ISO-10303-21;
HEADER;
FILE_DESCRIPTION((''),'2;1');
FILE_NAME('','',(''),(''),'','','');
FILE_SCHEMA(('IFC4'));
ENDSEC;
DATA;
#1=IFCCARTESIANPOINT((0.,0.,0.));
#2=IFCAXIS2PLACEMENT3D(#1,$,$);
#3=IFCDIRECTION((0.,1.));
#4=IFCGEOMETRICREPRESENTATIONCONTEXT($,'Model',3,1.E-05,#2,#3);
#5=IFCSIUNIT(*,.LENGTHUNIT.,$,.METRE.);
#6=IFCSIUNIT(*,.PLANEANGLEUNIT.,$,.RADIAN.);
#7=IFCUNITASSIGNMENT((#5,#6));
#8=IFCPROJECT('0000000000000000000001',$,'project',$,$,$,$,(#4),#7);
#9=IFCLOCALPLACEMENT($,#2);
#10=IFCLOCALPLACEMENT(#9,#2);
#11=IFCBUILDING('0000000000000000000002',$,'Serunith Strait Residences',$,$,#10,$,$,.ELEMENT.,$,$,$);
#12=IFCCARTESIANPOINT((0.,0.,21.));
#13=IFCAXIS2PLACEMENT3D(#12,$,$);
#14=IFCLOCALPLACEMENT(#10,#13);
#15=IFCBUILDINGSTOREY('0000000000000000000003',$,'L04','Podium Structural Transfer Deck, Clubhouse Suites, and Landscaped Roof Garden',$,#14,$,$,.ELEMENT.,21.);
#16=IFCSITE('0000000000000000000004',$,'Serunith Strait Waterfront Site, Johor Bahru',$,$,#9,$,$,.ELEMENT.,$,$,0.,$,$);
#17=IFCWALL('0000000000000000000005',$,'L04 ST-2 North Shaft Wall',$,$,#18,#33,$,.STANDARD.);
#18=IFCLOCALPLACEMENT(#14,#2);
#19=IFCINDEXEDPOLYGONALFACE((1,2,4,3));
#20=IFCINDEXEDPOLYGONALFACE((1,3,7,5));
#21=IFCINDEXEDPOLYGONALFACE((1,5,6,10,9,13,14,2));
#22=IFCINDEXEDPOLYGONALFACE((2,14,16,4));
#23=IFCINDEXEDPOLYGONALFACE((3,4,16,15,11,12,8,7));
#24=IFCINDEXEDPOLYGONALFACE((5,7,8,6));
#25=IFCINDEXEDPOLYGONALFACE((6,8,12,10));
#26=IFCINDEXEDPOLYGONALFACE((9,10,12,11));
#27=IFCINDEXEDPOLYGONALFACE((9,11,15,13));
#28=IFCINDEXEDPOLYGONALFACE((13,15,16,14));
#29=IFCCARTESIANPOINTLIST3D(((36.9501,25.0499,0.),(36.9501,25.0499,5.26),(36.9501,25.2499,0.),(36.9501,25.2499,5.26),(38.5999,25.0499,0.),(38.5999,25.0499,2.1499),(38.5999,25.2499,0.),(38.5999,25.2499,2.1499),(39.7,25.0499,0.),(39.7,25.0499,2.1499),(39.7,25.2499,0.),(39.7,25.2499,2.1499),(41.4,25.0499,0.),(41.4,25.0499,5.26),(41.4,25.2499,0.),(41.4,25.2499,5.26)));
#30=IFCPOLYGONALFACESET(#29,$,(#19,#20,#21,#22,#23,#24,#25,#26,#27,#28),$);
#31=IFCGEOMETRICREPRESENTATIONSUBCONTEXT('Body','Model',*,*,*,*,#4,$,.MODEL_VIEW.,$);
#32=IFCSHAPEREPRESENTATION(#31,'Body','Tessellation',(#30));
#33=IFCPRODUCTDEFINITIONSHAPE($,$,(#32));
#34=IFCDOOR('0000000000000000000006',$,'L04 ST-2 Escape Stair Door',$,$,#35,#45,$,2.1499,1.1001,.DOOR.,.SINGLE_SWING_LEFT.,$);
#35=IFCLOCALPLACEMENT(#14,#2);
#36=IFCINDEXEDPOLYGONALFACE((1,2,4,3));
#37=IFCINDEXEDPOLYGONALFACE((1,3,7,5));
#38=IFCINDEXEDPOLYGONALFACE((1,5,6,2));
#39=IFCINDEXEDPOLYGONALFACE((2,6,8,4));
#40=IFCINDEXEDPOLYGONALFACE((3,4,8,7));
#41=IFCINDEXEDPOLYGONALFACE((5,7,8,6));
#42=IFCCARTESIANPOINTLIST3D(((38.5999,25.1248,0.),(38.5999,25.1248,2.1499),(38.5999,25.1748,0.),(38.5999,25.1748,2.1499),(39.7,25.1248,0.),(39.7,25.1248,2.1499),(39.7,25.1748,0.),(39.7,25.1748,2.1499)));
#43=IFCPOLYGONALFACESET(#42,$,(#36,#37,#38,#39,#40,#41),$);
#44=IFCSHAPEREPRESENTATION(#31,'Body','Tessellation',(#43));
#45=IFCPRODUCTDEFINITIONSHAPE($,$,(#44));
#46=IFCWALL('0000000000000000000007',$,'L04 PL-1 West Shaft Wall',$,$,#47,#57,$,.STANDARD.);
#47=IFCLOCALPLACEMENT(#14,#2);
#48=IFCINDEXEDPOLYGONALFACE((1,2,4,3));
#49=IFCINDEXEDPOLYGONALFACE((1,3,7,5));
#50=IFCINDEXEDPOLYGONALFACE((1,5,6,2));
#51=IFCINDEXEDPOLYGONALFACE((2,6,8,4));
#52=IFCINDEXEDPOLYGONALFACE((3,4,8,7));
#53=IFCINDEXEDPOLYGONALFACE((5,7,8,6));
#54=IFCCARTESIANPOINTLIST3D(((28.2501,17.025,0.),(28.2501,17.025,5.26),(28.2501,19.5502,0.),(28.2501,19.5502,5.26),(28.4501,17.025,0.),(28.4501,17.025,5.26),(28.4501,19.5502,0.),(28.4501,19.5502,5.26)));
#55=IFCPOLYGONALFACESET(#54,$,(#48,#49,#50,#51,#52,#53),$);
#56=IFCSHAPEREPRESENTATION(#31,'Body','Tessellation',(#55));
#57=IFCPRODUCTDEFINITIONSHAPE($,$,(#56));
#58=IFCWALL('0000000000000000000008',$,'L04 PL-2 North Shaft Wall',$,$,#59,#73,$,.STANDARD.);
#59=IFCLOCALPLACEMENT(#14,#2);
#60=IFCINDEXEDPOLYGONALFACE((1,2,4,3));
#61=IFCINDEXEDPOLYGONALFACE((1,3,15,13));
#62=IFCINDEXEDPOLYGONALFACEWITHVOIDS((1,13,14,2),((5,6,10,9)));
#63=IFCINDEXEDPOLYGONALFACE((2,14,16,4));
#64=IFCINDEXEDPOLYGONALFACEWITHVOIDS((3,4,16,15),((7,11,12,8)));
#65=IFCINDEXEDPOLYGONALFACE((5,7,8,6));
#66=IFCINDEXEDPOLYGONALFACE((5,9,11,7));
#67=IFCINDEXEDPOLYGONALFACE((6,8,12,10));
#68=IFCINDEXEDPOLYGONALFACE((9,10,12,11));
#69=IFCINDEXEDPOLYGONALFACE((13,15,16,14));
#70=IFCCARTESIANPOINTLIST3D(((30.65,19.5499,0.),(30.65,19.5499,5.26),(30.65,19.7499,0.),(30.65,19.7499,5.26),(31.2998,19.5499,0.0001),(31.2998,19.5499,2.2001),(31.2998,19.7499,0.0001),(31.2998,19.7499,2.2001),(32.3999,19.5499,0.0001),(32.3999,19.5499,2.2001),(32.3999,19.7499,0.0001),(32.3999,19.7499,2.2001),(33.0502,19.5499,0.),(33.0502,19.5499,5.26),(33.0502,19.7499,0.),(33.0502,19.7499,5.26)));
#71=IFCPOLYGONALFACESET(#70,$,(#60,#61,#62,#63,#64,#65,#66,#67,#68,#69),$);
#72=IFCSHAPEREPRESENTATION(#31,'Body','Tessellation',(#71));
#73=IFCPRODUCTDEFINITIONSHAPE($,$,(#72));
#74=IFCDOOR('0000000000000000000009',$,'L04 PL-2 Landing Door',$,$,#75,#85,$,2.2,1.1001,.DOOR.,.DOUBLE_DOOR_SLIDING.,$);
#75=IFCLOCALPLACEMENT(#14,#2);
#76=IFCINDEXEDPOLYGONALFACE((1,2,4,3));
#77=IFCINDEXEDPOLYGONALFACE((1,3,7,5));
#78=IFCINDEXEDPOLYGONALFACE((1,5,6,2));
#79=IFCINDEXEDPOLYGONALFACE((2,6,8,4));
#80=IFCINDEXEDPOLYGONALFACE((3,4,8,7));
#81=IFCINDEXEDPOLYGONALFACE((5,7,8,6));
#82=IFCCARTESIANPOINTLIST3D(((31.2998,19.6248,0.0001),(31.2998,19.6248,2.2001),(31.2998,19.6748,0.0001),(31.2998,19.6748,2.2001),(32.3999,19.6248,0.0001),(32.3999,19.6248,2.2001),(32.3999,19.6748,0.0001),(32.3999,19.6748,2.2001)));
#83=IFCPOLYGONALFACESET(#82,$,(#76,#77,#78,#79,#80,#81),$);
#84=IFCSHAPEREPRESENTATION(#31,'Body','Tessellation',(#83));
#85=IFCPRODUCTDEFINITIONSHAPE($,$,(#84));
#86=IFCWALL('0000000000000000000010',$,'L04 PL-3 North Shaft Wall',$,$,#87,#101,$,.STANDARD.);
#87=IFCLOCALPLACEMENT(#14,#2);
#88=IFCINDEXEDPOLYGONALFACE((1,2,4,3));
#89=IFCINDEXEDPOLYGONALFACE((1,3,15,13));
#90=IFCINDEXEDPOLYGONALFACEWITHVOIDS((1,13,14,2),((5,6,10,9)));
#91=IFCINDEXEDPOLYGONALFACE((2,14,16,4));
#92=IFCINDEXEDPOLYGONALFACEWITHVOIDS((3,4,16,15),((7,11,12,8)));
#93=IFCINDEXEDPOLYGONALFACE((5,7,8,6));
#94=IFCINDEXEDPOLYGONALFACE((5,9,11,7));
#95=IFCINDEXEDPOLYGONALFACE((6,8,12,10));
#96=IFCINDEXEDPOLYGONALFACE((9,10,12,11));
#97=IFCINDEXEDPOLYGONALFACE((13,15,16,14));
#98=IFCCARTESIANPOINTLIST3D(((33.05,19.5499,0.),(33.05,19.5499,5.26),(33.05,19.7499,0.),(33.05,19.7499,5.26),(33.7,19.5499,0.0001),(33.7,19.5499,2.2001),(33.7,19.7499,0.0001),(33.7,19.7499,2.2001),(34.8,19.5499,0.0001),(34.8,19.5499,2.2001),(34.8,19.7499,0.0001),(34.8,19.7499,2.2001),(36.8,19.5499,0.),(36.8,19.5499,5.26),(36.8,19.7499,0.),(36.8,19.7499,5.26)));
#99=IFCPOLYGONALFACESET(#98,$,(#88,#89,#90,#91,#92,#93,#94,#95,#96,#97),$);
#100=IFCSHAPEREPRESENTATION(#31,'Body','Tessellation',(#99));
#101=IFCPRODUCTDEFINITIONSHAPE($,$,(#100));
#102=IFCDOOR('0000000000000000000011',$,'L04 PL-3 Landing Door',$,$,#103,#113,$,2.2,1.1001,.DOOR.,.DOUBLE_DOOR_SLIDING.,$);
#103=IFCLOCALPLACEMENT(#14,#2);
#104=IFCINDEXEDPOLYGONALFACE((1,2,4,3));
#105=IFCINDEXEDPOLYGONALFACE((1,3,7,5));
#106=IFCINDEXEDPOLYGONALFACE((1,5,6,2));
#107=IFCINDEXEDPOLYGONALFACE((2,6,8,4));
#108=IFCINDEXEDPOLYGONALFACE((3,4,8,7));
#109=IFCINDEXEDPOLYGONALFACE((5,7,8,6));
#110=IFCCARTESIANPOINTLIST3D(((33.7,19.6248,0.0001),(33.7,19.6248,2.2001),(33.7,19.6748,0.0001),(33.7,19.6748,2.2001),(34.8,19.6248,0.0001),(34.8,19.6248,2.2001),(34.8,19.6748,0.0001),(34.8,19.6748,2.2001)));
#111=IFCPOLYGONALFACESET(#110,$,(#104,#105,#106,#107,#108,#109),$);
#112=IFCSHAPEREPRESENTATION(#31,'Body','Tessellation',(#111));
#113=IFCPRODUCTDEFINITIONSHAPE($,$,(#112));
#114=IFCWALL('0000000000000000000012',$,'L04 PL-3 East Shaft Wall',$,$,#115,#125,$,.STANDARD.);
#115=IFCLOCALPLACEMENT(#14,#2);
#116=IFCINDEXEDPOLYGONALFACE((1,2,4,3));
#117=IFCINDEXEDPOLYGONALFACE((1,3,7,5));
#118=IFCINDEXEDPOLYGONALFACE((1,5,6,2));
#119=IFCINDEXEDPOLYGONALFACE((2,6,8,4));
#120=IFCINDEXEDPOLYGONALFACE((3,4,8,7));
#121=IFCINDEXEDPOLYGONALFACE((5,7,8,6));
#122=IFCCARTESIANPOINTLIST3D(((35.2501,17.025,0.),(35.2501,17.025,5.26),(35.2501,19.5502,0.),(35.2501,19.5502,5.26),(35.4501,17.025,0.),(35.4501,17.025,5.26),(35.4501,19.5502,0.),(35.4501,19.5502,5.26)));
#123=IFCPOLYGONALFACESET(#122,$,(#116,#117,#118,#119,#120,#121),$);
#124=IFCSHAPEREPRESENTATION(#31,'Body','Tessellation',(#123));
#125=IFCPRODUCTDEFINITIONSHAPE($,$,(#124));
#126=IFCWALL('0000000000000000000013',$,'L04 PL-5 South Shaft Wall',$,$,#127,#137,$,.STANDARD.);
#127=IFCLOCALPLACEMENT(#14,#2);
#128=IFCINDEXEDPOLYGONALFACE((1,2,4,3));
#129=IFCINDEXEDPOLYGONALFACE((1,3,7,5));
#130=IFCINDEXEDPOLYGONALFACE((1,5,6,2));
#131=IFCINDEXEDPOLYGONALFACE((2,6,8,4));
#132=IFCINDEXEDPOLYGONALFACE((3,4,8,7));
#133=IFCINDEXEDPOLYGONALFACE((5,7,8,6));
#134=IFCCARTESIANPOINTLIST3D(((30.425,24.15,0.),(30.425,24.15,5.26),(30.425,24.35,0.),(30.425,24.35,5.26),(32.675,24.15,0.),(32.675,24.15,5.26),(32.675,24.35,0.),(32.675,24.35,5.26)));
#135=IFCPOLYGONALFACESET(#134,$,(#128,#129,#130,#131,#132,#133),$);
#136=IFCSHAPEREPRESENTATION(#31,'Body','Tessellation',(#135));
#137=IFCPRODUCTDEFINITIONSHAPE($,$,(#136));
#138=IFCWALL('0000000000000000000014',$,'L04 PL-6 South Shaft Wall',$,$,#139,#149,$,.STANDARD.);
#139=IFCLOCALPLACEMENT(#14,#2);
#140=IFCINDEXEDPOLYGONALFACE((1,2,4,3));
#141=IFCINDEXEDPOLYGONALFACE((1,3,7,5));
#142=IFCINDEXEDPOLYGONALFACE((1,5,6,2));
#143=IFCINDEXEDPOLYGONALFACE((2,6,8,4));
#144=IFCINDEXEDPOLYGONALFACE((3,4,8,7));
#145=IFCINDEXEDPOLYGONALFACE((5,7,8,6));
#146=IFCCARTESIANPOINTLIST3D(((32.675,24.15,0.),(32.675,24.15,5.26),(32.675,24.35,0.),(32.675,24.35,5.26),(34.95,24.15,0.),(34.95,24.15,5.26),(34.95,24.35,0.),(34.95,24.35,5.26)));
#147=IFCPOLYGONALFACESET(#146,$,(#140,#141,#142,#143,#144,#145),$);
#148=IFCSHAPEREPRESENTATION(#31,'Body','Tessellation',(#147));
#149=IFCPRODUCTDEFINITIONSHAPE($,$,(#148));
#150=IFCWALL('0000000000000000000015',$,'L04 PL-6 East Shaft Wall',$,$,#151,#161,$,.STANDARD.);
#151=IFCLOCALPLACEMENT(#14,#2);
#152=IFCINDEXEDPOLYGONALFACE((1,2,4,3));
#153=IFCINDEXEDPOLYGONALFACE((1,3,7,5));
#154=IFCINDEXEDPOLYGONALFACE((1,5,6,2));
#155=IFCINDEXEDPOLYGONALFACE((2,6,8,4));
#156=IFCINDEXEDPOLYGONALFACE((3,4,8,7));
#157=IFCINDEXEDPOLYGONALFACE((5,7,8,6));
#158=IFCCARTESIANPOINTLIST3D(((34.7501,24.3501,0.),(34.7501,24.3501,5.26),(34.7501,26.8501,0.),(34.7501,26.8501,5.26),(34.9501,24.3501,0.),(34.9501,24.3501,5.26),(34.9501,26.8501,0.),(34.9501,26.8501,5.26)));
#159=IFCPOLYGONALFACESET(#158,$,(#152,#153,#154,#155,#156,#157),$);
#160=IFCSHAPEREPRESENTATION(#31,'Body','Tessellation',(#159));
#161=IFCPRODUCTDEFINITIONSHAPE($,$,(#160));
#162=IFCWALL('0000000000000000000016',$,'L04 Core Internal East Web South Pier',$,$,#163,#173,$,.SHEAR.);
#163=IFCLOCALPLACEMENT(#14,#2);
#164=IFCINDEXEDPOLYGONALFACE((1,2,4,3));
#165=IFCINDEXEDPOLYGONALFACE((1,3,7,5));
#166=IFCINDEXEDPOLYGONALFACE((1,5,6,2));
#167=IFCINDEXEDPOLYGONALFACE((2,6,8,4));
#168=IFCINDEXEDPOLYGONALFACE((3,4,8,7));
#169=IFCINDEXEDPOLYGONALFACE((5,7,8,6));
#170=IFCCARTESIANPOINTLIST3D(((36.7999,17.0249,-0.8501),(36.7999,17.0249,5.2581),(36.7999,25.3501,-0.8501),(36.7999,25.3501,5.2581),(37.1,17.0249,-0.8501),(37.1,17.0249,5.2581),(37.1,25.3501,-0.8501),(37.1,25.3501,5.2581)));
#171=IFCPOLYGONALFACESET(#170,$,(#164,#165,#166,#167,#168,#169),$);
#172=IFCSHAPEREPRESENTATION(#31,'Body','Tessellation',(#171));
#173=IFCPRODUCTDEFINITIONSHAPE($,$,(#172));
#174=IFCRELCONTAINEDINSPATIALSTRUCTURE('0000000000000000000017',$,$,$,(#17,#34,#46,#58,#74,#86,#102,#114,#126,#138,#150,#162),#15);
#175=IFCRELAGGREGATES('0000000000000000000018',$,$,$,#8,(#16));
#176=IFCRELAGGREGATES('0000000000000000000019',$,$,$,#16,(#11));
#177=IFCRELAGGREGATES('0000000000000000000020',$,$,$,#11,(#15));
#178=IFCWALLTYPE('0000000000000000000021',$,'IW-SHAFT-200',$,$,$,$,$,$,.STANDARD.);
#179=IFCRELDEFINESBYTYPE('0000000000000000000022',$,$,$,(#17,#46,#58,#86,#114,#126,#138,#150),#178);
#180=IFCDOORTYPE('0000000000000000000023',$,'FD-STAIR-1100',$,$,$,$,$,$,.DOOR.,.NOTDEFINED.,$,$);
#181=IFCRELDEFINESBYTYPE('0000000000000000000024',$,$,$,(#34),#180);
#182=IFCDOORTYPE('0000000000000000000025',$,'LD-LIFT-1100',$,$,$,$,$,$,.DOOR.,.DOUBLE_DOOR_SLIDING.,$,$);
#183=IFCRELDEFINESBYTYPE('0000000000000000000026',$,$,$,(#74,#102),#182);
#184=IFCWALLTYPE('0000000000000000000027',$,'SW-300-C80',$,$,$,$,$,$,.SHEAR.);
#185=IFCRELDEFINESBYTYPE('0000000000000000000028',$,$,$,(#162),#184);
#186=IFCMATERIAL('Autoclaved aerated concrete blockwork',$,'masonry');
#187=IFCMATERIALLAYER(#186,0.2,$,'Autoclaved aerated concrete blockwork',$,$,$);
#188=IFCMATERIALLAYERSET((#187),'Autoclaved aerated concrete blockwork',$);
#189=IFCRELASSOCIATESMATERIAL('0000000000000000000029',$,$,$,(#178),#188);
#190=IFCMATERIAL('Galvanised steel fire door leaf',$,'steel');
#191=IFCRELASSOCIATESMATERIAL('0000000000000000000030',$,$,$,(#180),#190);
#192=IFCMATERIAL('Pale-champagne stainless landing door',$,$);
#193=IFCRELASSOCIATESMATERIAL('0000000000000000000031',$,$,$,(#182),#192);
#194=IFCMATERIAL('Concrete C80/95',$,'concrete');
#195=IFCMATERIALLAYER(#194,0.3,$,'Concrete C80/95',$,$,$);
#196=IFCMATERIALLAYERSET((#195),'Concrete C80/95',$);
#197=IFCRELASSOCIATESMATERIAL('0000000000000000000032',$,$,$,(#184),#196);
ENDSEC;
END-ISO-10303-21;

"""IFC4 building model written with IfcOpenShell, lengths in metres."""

from ifc_helpers import new_model, si_unit, direction, frame, frame_2d, origin, place, context, subcontext, project, spatial, rectangle, extrude, source, transform, mapped, material, layer, layer_set, type_object, element, fill, save


model = new_model("IFC4")

# Units and contexts
model_context = context("Model", 3, precision=1e-05, world=origin(), true_north=direction((0.0, 1.0)))
body_context = subcontext(model_context, "Body", "Model", "MODEL_VIEW")
ifc_project = project(units=[si_unit("LENGTHUNIT", "METRE"), si_unit("PLANEANGLEUNIT", "RADIAN")], contexts=[model_context])

# Site, building, storey
site_placement = place(None, origin())
site = spatial("IfcSite", under=ifc_project, at=site_placement, Name="Serunith Strait Waterfront Site, Johor Bahru", CompositionType="ELEMENT", RefElevation=0.0)
building_placement = place(site_placement, origin())
building = spatial("IfcBuilding", under=site, at=building_placement, Name="Serunith Strait Residences", CompositionType="ELEMENT")
storey_placement = place(building_placement, frame((0.0, 0.0, 21.0)))
storey = spatial("IfcBuildingStorey", under=building, at=storey_placement, Name="L04", Description="Podium Structural Transfer Deck, Clubhouse Suites, and Landscaped Roof Garden", CompositionType="ELEMENT", Elevation=21.0)

# Shared definitions
ifc_material_1 = material(Name="Concrete C80/95", Category="concrete")

# Wall, opening, door
ifc_material_2 = material(Name="Autoclaved aerated concrete blockwork", Category="masonry")
ifc_layer_1 = layer(ifc_material_2, 0.2, Name="Autoclaved aerated concrete blockwork")
ifc_layer_set_1 = layer_set([ifc_layer_1], Name="Autoclaved aerated concrete blockwork")
wall_type_1 = type_object("IfcWallType", Name="IW-SHAFT-200", PredefinedType="STANDARD", material=ifc_layer_set_1)
wall_1_placement = place(storey_placement, frame((36.95, 25.1499, 0.0), z_axis=(0.0, 0.0, 1.0), x_axis=(1.0, 0.0, 0.0)))
wall_1 = element("IfcWall", 1, at=wall_1_placement, inside=storey, type_object=wall_type_1, Name="L04 ST-2 North Shaft Wall", PredefinedType="STANDARD", context=body_context, shape_type="SweptSolid", body=[
    extrude(rectangle(XDim=4.45, YDim=0.2, at=frame_2d((2.2251, 0.0))), origin(), (0.0, 0.0, 1.0), 5.26),
])
opening_1_placement = place(wall_1_placement, frame((1.6499, 0.0, 0.0)))
opening_1 = element("IfcOpeningElement", 2, at=opening_1_placement, cuts=wall_1, PredefinedType="OPENING", context=body_context, shape_type="SweptSolid", body=[
    extrude(rectangle(XDim=1.1001, YDim=2.1499, at=frame_2d((0.55, 1.075))), frame((0.0, 0.1099, 0.0), z_axis=(0.0, -1.0, 0.0), x_axis=(1.0, 0.0, 0.0)), (0.0, 0.0, 1.0), 0.22),
])
ifc_material_3 = material(Name="Galvanised steel fire door leaf", Category="steel")
door_type_1 = type_object("IfcDoorType", Name="FD-STAIR-1100", OperationType="NOTDEFINED", PredefinedType="DOOR", material=ifc_material_3)
shared_shape_1 = source(origin(), body_context, "Body", "SweptSolid", [
    extrude(rectangle(XDim=1.1001, YDim=2.1499, at=frame_2d((0.55, 1.075))), frame((0.0, 0.0249, 0.0), z_axis=(0.0, -1.0, 0.0), x_axis=(1.0, 0.0, 0.0)), (0.0, 0.0, 1.0), 0.05),
])
door_1_placement = place(opening_1_placement, origin())
door_1 = element("IfcDoor", 3, at=door_1_placement, inside=storey, type_object=door_type_1, Name="L04 ST-2 Escape Stair Door", OperationType="SINGLE_SWING_LEFT", OverallHeight=2.1499, OverallWidth=1.1001, PredefinedType="DOOR", context=body_context, shape_type="MappedRepresentation", body=[
    mapped(shared_shape_1, transform((0.0, 0.0, 0.0), scale=1.0)),
])
fill(opening_1, door_1)

# Wall
wall_2_placement = place(storey_placement, frame((28.3501, 17.0249, 0.0), z_axis=(0.0, 0.0, 1.0), x_axis=(0.0, 1.0, 0.0)))
element("IfcWall", 4, at=wall_2_placement, inside=storey, type_object=wall_type_1, Name="L04 PL-1 West Shaft Wall", PredefinedType="STANDARD", context=body_context, shape_type="SweptSolid", body=[
    extrude(rectangle(XDim=2.5251, YDim=0.2, at=frame_2d((1.2627, 0.0))), origin(), (0.0, 0.0, 1.0), 5.26),
])

# Walls, openings, doors
wall_3_placement = place(storey_placement, frame((30.6499, 19.6499, 0.0), z_axis=(0.0, 0.0, 1.0), x_axis=(1.0, 0.0, 0.0)))
wall_3 = element("IfcWall", 5, at=wall_3_placement, inside=storey, type_object=wall_type_1, Name="L04 PL-2 North Shaft Wall", PredefinedType="STANDARD", context=body_context, shape_type="SweptSolid", body=[
    extrude(rectangle(XDim=2.4001, YDim=0.2, at=frame_2d((1.2002, 0.0))), origin(), (0.0, 0.0, 1.0), 5.26),
])
opening_2_placement = place(wall_3_placement, frame((0.6499, 0.0, 0.0)))
opening_2 = element("IfcOpeningElement", 6, at=opening_2_placement, cuts=wall_3, PredefinedType="OPENING", context=body_context, shape_type="SweptSolid", body=[
    extrude(rectangle(XDim=1.1001, YDim=2.2, at=frame_2d((0.55, 1.1001))), frame((0.0, 0.1099, 0.0), z_axis=(0.0, -1.0, 0.0), x_axis=(1.0, 0.0, 0.0)), (0.0, 0.0, 1.0), 0.22),
])
ifc_material_4 = material(Name="Pale-champagne stainless landing door")
door_type_2 = type_object("IfcDoorType", Name="LD-LIFT-1100", OperationType="DOUBLE_DOOR_SLIDING", PredefinedType="DOOR", material=ifc_material_4)
shared_shape_2 = source(origin(), body_context, "Body", "SweptSolid", [
    extrude(rectangle(XDim=1.1001, YDim=2.2, at=frame_2d((0.55, 1.1001))), frame((0.0, 0.0249, 0.0), z_axis=(0.0, -1.0, 0.0), x_axis=(1.0, 0.0, 0.0)), (0.0, 0.0, 1.0), 0.05),
])
door_2_placement = place(opening_2_placement, origin())
door_2 = element("IfcDoor", 7, at=door_2_placement, inside=storey, type_object=door_type_2, Name="L04 PL-2 Landing Door", OperationType="DOUBLE_DOOR_SLIDING", OverallHeight=2.2, OverallWidth=1.1001, PredefinedType="DOOR", context=body_context, shape_type="MappedRepresentation", body=[
    mapped(shared_shape_2, transform((0.0, 0.0, 0.0), scale=1.0)),
])
fill(opening_2, door_2)
wall_4_placement = place(storey_placement, frame((33.05, 19.6499, 0.0), z_axis=(0.0, 0.0, 1.0), x_axis=(1.0, 0.0, 0.0)))
wall_4 = element("IfcWall", 8, at=wall_4_placement, inside=storey, type_object=wall_type_1, Name="L04 PL-3 North Shaft Wall", PredefinedType="STANDARD", context=body_context, shape_type="SweptSolid", body=[
    extrude(rectangle(XDim=3.75, YDim=0.2, at=frame_2d((1.875, 0.0))), origin(), (0.0, 0.0, 1.0), 5.26),
])
opening_3_placement = place(wall_4_placement, frame((0.6499, 0.0, 0.0)))
opening_3 = element("IfcOpeningElement", 9, at=opening_3_placement, cuts=wall_4, PredefinedType="OPENING", context=body_context, shape_type="SweptSolid", body=[
    extrude(rectangle(XDim=1.1001, YDim=2.2, at=frame_2d((0.55, 1.1001))), frame((0.0, 0.1099, 0.0), z_axis=(0.0, -1.0, 0.0), x_axis=(1.0, 0.0, 0.0)), (0.0, 0.0, 1.0), 0.22),
])
door_3_placement = place(opening_3_placement, origin())
door_3 = element("IfcDoor", 10, at=door_3_placement, inside=storey, type_object=door_type_2, Name="L04 PL-3 Landing Door", OperationType="DOUBLE_DOOR_SLIDING", OverallHeight=2.2, OverallWidth=1.1001, PredefinedType="DOOR", context=body_context, shape_type="MappedRepresentation", body=[
    mapped(shared_shape_2, transform((0.0, 0.0, 0.0), scale=1.0)),
])
fill(opening_3, door_3)

# Walls
wall_5_placement = place(storey_placement, frame((35.3501, 17.0249, 0.0), z_axis=(0.0, 0.0, 1.0), x_axis=(0.0, 1.0, 0.0)))
element("IfcWall", 11, at=wall_5_placement, inside=storey, type_object=wall_type_1, Name="L04 PL-3 East Shaft Wall", PredefinedType="STANDARD", context=body_context, shape_type="SweptSolid", body=[
    extrude(rectangle(XDim=2.5251, YDim=0.2, at=frame_2d((1.2627, 0.0))), origin(), (0.0, 0.0, 1.0), 5.26),
])
wall_6_placement = place(storey_placement, frame((30.425, 24.25, 0.0), z_axis=(0.0, 0.0, 1.0), x_axis=(1.0, 0.0, 0.0)))
element("IfcWall", 12, at=wall_6_placement, inside=storey, type_object=wall_type_1, Name="L04 PL-5 South Shaft Wall", PredefinedType="STANDARD", context=body_context, shape_type="SweptSolid", body=[
    extrude(rectangle(XDim=2.25, YDim=0.2, at=frame_2d((1.125, 0.0))), origin(), (0.0, 0.0, 1.0), 5.26),
])
wall_7_placement = place(storey_placement, frame((32.675, 24.25, 0.0), z_axis=(0.0, 0.0, 1.0), x_axis=(1.0, 0.0, 0.0)))
element("IfcWall", 13, at=wall_7_placement, inside=storey, type_object=wall_type_1, Name="L04 PL-6 South Shaft Wall", PredefinedType="STANDARD", context=body_context, shape_type="SweptSolid", body=[
    extrude(rectangle(XDim=2.2749, YDim=0.2, at=frame_2d((1.1375, 0.0))), origin(), (0.0, 0.0, 1.0), 5.26),
])
wall_8_placement = place(storey_placement, frame((34.8501, 24.3501, 0.0), z_axis=(0.0, 0.0, 1.0), x_axis=(0.0, 1.0, 0.0)))
element("IfcWall", 14, at=wall_8_placement, inside=storey, type_object=wall_type_1, Name="L04 PL-6 East Shaft Wall", PredefinedType="STANDARD", context=body_context, shape_type="SweptSolid", body=[
    extrude(rectangle(XDim=2.5, YDim=0.2, at=frame_2d((1.25, 0.0))), origin(), (0.0, 0.0, 1.0), 5.26),
])

# Wall
ifc_layer_2 = layer(ifc_material_1, 0.3, Name="Concrete C80/95")
ifc_layer_set_2 = layer_set([ifc_layer_2], Name="Concrete C80/95")
wall_type_2 = type_object("IfcWallType", Name="SW-300-C80", PredefinedType="SHEAR", material=ifc_layer_set_2)
wall_9_placement = place(storey_placement, frame((36.95, 17.0249, -0.8501), z_axis=(0.0, 0.0, 1.0), x_axis=(0.0, 1.0, 0.0)))
element("IfcWall", 15, at=wall_9_placement, inside=storey, type_object=wall_type_2, Name="L04 Core Internal East Web South Pier", PredefinedType="SHEAR", context=body_context, shape_type="SweptSolid", body=[
    extrude(rectangle(XDim=8.3252, YDim=0.3, at=frame_2d((4.1626, 0.0))), origin(), (0.0, 0.0, 1.0), 6.1082),
])

save(model, "model.ifc")
